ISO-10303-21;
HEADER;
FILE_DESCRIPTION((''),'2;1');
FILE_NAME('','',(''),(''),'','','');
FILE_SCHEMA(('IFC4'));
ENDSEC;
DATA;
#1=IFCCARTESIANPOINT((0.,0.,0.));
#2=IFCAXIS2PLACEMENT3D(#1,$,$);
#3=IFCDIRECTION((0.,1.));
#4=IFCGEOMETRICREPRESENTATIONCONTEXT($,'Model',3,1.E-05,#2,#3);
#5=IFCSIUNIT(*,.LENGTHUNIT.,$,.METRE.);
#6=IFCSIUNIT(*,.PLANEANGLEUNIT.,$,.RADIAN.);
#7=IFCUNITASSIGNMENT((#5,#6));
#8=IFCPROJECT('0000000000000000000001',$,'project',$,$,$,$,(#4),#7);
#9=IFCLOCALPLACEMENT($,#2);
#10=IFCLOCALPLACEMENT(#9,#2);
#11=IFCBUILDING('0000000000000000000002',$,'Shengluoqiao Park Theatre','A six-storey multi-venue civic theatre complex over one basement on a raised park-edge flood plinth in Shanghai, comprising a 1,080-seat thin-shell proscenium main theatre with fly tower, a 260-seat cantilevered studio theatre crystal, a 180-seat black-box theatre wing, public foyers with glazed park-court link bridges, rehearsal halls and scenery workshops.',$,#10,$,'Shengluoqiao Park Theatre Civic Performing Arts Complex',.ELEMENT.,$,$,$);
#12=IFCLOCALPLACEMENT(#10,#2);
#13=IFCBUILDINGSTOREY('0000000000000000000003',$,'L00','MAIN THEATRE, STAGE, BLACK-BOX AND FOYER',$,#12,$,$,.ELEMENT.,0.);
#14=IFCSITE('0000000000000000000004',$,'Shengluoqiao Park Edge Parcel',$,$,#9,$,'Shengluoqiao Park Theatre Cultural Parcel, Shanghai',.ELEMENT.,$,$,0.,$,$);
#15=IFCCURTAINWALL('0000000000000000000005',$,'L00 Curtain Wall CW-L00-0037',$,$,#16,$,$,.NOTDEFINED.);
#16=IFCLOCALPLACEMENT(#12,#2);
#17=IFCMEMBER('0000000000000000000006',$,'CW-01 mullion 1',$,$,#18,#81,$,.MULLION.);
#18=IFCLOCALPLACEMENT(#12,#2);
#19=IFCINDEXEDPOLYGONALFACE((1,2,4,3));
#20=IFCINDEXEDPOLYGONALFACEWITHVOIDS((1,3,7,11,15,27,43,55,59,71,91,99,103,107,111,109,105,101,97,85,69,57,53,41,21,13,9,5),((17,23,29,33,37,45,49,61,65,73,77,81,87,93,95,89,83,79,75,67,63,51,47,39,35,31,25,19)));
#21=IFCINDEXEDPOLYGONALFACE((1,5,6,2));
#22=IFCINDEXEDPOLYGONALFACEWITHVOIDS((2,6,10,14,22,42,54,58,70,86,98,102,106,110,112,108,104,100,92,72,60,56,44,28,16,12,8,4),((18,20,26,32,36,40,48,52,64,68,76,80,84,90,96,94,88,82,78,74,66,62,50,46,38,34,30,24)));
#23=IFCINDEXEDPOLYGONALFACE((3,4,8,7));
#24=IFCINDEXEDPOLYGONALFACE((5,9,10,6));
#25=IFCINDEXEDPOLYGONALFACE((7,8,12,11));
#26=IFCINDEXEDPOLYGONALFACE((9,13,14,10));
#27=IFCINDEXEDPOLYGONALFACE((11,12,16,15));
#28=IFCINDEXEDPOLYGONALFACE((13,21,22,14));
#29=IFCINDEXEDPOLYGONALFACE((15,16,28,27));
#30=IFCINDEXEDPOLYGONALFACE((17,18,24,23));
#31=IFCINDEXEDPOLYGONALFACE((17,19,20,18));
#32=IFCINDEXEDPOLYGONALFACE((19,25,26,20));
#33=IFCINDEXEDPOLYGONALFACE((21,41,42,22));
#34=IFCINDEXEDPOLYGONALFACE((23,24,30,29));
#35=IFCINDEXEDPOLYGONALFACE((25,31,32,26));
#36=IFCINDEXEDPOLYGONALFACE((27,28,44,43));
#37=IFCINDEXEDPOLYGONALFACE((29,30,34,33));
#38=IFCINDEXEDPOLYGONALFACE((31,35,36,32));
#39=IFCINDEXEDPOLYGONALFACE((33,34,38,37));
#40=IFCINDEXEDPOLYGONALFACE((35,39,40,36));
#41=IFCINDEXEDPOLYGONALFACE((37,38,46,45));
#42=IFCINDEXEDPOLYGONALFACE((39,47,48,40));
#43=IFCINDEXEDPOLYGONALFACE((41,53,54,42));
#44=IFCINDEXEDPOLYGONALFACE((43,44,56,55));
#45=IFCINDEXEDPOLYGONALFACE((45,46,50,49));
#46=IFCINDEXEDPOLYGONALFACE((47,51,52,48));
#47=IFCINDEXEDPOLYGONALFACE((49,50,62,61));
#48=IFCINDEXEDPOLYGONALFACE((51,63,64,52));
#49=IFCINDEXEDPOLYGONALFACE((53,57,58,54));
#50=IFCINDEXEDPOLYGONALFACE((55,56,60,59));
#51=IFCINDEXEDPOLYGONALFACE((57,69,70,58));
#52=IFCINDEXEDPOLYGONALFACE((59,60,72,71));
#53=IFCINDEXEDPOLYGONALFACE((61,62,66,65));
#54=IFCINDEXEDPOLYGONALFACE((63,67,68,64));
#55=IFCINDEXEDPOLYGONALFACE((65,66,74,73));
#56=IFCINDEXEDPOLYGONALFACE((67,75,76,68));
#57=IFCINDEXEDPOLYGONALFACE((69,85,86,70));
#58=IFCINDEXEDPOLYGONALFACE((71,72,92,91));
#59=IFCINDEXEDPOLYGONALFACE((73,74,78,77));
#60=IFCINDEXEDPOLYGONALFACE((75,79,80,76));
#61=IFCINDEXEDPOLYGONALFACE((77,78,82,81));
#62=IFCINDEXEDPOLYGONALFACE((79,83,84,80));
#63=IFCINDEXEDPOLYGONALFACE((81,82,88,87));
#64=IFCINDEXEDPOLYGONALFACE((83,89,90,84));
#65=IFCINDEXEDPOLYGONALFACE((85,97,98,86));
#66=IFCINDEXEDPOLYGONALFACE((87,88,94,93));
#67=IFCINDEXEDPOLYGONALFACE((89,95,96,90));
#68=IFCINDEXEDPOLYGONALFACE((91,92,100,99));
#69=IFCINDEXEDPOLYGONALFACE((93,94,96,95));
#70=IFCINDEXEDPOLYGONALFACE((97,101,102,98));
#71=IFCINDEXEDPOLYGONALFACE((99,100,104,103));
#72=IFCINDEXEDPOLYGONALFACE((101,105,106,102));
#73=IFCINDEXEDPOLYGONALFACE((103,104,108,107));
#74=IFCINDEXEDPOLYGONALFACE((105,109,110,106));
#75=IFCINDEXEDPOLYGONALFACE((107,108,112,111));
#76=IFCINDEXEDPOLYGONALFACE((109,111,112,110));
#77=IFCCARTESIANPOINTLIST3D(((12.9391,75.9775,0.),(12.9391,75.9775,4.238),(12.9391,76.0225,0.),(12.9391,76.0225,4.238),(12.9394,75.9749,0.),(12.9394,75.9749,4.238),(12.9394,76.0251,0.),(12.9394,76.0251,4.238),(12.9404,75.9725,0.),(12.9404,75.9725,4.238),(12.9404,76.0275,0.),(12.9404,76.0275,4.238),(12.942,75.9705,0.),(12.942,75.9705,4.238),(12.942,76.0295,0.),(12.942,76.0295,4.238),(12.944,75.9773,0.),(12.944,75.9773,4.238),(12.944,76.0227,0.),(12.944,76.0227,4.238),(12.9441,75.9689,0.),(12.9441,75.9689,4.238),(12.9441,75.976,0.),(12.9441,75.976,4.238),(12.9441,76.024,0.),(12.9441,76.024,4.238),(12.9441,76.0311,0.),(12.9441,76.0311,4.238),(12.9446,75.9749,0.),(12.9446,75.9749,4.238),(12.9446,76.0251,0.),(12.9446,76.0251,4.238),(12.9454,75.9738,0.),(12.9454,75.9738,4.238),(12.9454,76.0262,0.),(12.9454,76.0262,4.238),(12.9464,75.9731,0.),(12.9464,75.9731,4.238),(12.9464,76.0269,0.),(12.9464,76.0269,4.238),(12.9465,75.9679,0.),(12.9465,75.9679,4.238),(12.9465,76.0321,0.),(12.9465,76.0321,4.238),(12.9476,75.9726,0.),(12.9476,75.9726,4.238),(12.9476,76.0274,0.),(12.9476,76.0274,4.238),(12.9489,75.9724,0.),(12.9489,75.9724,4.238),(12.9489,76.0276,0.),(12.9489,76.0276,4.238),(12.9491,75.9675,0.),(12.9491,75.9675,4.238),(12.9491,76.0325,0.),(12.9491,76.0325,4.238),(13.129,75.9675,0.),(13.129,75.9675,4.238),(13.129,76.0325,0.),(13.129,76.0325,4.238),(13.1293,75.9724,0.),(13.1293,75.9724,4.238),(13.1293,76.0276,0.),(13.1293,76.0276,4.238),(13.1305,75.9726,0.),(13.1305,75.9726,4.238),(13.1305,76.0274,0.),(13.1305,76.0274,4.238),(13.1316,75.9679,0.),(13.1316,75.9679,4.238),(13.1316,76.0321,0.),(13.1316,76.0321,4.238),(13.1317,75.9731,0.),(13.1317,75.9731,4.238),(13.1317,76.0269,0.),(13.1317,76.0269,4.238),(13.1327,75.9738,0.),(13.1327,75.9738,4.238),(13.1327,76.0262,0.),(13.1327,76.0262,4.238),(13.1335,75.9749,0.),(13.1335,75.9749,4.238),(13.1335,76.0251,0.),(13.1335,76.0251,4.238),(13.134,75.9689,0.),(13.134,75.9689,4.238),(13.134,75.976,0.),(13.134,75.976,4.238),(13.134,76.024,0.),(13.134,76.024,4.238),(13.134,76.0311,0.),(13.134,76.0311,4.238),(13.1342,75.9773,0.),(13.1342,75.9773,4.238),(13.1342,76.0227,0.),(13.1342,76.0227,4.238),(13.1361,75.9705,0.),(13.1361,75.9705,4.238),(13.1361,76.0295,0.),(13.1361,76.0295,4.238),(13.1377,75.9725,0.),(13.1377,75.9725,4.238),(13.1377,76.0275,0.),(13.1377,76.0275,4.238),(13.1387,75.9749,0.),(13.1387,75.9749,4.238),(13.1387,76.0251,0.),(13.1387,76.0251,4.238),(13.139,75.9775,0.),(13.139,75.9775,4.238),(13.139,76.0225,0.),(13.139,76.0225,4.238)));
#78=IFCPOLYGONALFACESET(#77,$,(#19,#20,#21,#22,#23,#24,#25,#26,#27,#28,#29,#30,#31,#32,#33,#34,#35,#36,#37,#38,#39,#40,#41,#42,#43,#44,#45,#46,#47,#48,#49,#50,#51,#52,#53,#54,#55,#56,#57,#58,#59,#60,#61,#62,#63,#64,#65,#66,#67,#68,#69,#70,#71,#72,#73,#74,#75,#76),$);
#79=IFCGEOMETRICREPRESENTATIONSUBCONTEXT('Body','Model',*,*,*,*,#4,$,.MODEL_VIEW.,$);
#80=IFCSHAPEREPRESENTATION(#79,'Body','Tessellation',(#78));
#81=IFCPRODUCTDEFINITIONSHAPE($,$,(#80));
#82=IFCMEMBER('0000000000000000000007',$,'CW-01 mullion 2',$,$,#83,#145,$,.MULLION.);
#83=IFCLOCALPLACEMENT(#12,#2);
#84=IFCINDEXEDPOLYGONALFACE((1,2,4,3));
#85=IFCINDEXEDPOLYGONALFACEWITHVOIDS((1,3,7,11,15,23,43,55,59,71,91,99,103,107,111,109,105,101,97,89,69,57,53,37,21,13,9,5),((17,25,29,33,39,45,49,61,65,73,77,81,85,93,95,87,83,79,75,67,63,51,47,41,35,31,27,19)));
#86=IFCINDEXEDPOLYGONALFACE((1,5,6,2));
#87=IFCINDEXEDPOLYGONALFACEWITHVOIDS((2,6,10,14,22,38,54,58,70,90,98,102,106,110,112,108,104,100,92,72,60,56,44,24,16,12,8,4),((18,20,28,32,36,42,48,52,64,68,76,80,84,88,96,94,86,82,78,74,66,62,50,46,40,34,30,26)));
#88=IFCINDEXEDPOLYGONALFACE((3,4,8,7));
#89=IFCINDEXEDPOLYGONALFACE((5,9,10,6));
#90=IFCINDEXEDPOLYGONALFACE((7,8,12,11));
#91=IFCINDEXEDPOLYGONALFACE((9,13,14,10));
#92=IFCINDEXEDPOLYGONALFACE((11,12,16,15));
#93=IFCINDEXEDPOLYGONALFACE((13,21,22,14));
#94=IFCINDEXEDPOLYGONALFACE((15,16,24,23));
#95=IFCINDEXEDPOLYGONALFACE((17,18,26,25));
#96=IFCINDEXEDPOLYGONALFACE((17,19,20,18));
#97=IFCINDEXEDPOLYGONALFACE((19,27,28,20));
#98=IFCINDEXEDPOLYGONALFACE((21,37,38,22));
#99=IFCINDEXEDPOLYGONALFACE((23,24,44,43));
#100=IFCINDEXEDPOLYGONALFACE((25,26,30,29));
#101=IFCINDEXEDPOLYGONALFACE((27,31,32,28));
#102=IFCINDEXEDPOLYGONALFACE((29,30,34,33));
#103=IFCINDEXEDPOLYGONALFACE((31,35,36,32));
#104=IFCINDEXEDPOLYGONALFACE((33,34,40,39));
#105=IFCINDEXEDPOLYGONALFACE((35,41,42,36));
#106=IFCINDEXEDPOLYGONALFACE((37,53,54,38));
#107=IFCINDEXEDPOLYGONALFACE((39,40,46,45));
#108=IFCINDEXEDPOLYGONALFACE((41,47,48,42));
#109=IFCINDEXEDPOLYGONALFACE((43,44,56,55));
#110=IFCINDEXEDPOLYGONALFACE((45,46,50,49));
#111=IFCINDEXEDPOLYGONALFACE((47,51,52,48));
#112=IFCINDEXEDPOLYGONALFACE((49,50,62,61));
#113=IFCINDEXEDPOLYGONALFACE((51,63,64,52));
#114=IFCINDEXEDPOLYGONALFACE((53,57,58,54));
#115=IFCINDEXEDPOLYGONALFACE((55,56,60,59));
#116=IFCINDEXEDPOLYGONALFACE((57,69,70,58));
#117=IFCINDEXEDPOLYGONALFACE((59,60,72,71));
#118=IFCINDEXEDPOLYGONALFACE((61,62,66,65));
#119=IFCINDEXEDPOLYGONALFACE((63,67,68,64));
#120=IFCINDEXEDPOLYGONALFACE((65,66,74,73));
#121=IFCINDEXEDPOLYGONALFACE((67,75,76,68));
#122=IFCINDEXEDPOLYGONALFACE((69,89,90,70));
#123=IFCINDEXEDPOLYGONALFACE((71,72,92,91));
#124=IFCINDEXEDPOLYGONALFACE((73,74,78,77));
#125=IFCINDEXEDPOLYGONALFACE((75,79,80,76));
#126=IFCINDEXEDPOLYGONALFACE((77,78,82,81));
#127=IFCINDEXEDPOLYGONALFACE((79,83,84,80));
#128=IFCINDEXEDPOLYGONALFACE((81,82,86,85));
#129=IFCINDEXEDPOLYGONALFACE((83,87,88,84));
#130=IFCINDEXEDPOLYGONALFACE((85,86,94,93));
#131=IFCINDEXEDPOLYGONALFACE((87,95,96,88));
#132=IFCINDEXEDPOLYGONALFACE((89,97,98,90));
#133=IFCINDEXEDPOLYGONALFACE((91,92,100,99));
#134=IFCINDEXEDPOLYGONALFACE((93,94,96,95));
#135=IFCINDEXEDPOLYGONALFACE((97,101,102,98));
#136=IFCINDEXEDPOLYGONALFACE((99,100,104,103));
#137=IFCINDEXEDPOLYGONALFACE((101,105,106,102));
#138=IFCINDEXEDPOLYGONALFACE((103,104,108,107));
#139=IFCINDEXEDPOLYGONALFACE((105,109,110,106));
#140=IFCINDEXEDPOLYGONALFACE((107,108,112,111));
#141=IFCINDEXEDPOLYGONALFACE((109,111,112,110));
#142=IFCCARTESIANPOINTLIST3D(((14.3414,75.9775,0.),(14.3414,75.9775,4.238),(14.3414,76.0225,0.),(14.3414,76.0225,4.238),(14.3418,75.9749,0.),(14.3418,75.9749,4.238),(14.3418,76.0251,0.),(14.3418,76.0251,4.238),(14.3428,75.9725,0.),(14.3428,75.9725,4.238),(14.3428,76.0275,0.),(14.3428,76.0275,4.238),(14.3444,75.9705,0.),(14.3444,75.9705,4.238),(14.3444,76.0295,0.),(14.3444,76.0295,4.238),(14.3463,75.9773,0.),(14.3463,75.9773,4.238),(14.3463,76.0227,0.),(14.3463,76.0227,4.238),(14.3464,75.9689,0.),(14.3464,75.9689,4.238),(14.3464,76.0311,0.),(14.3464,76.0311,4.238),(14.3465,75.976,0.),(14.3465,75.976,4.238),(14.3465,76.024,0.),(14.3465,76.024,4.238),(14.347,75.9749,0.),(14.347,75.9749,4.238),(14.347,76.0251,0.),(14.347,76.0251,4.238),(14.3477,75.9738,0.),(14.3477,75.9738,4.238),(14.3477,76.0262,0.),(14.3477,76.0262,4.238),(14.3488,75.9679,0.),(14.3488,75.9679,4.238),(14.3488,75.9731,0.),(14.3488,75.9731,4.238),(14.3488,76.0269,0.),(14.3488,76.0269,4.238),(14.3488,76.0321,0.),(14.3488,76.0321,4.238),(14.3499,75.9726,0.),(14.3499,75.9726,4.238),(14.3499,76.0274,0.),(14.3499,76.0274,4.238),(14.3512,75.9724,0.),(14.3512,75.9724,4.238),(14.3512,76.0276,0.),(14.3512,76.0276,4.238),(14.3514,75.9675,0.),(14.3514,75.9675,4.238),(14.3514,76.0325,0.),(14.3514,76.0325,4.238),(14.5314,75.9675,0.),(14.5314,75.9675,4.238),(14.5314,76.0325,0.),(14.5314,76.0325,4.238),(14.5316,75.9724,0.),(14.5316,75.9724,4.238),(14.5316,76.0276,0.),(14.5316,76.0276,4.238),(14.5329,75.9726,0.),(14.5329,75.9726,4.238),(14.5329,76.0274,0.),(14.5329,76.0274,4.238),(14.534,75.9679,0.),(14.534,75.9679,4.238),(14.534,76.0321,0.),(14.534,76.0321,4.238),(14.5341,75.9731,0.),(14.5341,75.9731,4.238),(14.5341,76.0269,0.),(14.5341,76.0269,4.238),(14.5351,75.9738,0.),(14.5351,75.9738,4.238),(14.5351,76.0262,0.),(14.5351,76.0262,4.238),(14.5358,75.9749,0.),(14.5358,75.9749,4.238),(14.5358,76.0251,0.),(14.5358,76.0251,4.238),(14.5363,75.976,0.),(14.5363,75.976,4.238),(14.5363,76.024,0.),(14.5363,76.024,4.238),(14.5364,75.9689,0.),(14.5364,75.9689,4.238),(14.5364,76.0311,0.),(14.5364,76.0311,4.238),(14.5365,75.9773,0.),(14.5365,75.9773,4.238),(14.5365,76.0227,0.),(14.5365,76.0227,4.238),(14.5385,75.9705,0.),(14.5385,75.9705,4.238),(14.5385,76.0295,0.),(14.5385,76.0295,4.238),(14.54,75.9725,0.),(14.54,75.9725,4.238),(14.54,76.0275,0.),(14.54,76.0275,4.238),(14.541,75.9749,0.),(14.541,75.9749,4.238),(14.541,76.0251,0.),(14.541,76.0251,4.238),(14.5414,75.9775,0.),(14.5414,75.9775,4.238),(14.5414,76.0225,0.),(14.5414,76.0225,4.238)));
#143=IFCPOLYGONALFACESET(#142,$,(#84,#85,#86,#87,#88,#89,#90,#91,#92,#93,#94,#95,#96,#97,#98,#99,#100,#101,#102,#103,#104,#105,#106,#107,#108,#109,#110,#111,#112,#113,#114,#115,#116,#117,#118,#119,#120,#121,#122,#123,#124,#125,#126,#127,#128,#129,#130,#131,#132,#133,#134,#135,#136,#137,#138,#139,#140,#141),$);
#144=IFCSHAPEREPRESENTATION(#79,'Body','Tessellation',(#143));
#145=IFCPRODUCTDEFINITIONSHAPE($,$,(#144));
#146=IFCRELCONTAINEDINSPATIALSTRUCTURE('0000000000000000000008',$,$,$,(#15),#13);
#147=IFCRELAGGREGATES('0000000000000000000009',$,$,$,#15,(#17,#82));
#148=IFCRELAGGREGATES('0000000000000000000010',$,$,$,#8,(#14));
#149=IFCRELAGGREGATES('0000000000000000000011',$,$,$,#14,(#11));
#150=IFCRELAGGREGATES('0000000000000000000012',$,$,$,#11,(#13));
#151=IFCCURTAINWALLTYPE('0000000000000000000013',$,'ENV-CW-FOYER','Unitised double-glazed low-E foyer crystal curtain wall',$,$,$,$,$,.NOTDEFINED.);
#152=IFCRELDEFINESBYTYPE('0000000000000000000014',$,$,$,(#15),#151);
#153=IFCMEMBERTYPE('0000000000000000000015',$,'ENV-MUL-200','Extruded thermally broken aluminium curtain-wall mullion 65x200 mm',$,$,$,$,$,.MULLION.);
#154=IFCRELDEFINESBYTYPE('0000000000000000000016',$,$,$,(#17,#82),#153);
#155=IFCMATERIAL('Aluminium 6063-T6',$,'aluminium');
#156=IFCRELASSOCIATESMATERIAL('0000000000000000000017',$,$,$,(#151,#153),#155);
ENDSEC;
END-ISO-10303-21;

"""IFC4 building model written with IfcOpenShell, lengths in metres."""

from ifc_helpers import new_model, si_unit, direction, frame, origin, origin_2d, place, context, subcontext, project, spatial, hollow_rectangle, extrude, material, material_profile, profile_set, type_object, element, aggregate, save


model = new_model("IFC4")

# Units and contexts
model_context = context("Model", 3, precision=1e-05, world=origin(), true_north=direction((0.0, 1.0)))
body_context = subcontext(model_context, "Body", "Model", "MODEL_VIEW")
ifc_project = project(units=[si_unit("LENGTHUNIT", "METRE"), si_unit("PLANEANGLEUNIT", "RADIAN")], contexts=[model_context])

# Site, building, storey
site_placement = place(None, origin())
site = spatial("IfcSite", under=ifc_project, at=site_placement, Name="Shengluoqiao Park Edge Parcel", LongName="Shengluoqiao Park Theatre Cultural Parcel, Shanghai", CompositionType="ELEMENT", RefElevation=0.0)
building_placement = place(site_placement, origin())
building = spatial("IfcBuilding", under=site, at=building_placement, Name="Shengluoqiao Park Theatre", Description="A six-storey multi-venue civic theatre complex over one basement on a raised park-edge flood plinth in Shanghai, comprising a 1,080-seat thin-shell proscenium main theatre with fly tower, a 260-seat cantilevered studio theatre crystal, a 180-seat black-box theatre wing, public foyers with glazed park-court link bridges, rehearsal halls and scenery workshops.", LongName="Shengluoqiao Park Theatre Civic Performing Arts Complex", CompositionType="ELEMENT")
storey_placement = place(building_placement, origin())
storey = spatial("IfcBuildingStorey", under=building, at=storey_placement, Name="L00", Description="MAIN THEATRE, STAGE, BLACK-BOX AND FOYER", CompositionType="ELEMENT", Elevation=0.0)

# Curtain wall, members
ifc_material_1 = material(Name="Aluminium 6063-T6", Category="aluminium")
curtain_wall_type = type_object("IfcCurtainWallType", Name="ENV-CW-FOYER", Description="Unitised double-glazed low-E foyer crystal curtain wall", PredefinedType="NOTDEFINED", material=ifc_material_1)
ifc_material_profile_1 = material_profile(ifc_material_1, hollow_rectangle(XDim=0.0649, YDim=0.2, WallThickness=0.0049, InnerFilletRadius=0.0049, OuterFilletRadius=0.01, at=origin_2d()), Name="ALU MULLION 200x65x5")
ifc_profile_set_1 = profile_set([ifc_material_profile_1], Name="Aluminium 6063-T6")
member_type_1 = type_object("IfcMemberType", Name="ENV-MUL-200", Description="Extruded thermally broken aluminium curtain-wall mullion 65x200 mm", PredefinedType="MULLION", material=ifc_profile_set_1)
curtain_wall_1_placement = place(storey_placement, origin())
curtain_wall_1 = element("IfcCurtainWall", 1, at=curtain_wall_1_placement, inside=storey, type_object=curtain_wall_type, Name="L00 Curtain Wall CW-L00-0037", PredefinedType="NOTDEFINED")
member_1_placement = place(storey_placement, frame((13.0391, 76.0, 0.0), z_axis=(0.0, 0.0, 1.0), x_axis=(0.0, 1.0, 0.0)))
member_1 = element("IfcMember", 2, at=member_1_placement, type_object=member_type_1, Name="CW-01 mullion 1", PredefinedType="MULLION", context=body_context, shape_type="SweptSolid", body=[
    extrude(hollow_rectangle(XDim=0.0649, YDim=0.2, WallThickness=0.0049, InnerFilletRadius=0.0049, OuterFilletRadius=0.01, at=origin_2d()), origin(), (0.0, 0.0, 1.0), 4.238),
])
member_2_placement = place(storey_placement, frame((14.4414, 76.0, 0.0), z_axis=(0.0, 0.0, 1.0), x_axis=(0.0, 1.0, 0.0)))
member_2 = element("IfcMember", 3, at=member_2_placement, type_object=member_type_1, Name="CW-01 mullion 2", PredefinedType="MULLION", context=body_context, shape_type="SweptSolid", body=[
    extrude(hollow_rectangle(XDim=0.0649, YDim=0.2, WallThickness=0.0049, InnerFilletRadius=0.0049, OuterFilletRadius=0.01, at=origin_2d()), origin(), (0.0, 0.0, 1.0), 4.238),
])

aggregate(curtain_wall_1, [member_1, member_2])

save(model, "model.ifc")
